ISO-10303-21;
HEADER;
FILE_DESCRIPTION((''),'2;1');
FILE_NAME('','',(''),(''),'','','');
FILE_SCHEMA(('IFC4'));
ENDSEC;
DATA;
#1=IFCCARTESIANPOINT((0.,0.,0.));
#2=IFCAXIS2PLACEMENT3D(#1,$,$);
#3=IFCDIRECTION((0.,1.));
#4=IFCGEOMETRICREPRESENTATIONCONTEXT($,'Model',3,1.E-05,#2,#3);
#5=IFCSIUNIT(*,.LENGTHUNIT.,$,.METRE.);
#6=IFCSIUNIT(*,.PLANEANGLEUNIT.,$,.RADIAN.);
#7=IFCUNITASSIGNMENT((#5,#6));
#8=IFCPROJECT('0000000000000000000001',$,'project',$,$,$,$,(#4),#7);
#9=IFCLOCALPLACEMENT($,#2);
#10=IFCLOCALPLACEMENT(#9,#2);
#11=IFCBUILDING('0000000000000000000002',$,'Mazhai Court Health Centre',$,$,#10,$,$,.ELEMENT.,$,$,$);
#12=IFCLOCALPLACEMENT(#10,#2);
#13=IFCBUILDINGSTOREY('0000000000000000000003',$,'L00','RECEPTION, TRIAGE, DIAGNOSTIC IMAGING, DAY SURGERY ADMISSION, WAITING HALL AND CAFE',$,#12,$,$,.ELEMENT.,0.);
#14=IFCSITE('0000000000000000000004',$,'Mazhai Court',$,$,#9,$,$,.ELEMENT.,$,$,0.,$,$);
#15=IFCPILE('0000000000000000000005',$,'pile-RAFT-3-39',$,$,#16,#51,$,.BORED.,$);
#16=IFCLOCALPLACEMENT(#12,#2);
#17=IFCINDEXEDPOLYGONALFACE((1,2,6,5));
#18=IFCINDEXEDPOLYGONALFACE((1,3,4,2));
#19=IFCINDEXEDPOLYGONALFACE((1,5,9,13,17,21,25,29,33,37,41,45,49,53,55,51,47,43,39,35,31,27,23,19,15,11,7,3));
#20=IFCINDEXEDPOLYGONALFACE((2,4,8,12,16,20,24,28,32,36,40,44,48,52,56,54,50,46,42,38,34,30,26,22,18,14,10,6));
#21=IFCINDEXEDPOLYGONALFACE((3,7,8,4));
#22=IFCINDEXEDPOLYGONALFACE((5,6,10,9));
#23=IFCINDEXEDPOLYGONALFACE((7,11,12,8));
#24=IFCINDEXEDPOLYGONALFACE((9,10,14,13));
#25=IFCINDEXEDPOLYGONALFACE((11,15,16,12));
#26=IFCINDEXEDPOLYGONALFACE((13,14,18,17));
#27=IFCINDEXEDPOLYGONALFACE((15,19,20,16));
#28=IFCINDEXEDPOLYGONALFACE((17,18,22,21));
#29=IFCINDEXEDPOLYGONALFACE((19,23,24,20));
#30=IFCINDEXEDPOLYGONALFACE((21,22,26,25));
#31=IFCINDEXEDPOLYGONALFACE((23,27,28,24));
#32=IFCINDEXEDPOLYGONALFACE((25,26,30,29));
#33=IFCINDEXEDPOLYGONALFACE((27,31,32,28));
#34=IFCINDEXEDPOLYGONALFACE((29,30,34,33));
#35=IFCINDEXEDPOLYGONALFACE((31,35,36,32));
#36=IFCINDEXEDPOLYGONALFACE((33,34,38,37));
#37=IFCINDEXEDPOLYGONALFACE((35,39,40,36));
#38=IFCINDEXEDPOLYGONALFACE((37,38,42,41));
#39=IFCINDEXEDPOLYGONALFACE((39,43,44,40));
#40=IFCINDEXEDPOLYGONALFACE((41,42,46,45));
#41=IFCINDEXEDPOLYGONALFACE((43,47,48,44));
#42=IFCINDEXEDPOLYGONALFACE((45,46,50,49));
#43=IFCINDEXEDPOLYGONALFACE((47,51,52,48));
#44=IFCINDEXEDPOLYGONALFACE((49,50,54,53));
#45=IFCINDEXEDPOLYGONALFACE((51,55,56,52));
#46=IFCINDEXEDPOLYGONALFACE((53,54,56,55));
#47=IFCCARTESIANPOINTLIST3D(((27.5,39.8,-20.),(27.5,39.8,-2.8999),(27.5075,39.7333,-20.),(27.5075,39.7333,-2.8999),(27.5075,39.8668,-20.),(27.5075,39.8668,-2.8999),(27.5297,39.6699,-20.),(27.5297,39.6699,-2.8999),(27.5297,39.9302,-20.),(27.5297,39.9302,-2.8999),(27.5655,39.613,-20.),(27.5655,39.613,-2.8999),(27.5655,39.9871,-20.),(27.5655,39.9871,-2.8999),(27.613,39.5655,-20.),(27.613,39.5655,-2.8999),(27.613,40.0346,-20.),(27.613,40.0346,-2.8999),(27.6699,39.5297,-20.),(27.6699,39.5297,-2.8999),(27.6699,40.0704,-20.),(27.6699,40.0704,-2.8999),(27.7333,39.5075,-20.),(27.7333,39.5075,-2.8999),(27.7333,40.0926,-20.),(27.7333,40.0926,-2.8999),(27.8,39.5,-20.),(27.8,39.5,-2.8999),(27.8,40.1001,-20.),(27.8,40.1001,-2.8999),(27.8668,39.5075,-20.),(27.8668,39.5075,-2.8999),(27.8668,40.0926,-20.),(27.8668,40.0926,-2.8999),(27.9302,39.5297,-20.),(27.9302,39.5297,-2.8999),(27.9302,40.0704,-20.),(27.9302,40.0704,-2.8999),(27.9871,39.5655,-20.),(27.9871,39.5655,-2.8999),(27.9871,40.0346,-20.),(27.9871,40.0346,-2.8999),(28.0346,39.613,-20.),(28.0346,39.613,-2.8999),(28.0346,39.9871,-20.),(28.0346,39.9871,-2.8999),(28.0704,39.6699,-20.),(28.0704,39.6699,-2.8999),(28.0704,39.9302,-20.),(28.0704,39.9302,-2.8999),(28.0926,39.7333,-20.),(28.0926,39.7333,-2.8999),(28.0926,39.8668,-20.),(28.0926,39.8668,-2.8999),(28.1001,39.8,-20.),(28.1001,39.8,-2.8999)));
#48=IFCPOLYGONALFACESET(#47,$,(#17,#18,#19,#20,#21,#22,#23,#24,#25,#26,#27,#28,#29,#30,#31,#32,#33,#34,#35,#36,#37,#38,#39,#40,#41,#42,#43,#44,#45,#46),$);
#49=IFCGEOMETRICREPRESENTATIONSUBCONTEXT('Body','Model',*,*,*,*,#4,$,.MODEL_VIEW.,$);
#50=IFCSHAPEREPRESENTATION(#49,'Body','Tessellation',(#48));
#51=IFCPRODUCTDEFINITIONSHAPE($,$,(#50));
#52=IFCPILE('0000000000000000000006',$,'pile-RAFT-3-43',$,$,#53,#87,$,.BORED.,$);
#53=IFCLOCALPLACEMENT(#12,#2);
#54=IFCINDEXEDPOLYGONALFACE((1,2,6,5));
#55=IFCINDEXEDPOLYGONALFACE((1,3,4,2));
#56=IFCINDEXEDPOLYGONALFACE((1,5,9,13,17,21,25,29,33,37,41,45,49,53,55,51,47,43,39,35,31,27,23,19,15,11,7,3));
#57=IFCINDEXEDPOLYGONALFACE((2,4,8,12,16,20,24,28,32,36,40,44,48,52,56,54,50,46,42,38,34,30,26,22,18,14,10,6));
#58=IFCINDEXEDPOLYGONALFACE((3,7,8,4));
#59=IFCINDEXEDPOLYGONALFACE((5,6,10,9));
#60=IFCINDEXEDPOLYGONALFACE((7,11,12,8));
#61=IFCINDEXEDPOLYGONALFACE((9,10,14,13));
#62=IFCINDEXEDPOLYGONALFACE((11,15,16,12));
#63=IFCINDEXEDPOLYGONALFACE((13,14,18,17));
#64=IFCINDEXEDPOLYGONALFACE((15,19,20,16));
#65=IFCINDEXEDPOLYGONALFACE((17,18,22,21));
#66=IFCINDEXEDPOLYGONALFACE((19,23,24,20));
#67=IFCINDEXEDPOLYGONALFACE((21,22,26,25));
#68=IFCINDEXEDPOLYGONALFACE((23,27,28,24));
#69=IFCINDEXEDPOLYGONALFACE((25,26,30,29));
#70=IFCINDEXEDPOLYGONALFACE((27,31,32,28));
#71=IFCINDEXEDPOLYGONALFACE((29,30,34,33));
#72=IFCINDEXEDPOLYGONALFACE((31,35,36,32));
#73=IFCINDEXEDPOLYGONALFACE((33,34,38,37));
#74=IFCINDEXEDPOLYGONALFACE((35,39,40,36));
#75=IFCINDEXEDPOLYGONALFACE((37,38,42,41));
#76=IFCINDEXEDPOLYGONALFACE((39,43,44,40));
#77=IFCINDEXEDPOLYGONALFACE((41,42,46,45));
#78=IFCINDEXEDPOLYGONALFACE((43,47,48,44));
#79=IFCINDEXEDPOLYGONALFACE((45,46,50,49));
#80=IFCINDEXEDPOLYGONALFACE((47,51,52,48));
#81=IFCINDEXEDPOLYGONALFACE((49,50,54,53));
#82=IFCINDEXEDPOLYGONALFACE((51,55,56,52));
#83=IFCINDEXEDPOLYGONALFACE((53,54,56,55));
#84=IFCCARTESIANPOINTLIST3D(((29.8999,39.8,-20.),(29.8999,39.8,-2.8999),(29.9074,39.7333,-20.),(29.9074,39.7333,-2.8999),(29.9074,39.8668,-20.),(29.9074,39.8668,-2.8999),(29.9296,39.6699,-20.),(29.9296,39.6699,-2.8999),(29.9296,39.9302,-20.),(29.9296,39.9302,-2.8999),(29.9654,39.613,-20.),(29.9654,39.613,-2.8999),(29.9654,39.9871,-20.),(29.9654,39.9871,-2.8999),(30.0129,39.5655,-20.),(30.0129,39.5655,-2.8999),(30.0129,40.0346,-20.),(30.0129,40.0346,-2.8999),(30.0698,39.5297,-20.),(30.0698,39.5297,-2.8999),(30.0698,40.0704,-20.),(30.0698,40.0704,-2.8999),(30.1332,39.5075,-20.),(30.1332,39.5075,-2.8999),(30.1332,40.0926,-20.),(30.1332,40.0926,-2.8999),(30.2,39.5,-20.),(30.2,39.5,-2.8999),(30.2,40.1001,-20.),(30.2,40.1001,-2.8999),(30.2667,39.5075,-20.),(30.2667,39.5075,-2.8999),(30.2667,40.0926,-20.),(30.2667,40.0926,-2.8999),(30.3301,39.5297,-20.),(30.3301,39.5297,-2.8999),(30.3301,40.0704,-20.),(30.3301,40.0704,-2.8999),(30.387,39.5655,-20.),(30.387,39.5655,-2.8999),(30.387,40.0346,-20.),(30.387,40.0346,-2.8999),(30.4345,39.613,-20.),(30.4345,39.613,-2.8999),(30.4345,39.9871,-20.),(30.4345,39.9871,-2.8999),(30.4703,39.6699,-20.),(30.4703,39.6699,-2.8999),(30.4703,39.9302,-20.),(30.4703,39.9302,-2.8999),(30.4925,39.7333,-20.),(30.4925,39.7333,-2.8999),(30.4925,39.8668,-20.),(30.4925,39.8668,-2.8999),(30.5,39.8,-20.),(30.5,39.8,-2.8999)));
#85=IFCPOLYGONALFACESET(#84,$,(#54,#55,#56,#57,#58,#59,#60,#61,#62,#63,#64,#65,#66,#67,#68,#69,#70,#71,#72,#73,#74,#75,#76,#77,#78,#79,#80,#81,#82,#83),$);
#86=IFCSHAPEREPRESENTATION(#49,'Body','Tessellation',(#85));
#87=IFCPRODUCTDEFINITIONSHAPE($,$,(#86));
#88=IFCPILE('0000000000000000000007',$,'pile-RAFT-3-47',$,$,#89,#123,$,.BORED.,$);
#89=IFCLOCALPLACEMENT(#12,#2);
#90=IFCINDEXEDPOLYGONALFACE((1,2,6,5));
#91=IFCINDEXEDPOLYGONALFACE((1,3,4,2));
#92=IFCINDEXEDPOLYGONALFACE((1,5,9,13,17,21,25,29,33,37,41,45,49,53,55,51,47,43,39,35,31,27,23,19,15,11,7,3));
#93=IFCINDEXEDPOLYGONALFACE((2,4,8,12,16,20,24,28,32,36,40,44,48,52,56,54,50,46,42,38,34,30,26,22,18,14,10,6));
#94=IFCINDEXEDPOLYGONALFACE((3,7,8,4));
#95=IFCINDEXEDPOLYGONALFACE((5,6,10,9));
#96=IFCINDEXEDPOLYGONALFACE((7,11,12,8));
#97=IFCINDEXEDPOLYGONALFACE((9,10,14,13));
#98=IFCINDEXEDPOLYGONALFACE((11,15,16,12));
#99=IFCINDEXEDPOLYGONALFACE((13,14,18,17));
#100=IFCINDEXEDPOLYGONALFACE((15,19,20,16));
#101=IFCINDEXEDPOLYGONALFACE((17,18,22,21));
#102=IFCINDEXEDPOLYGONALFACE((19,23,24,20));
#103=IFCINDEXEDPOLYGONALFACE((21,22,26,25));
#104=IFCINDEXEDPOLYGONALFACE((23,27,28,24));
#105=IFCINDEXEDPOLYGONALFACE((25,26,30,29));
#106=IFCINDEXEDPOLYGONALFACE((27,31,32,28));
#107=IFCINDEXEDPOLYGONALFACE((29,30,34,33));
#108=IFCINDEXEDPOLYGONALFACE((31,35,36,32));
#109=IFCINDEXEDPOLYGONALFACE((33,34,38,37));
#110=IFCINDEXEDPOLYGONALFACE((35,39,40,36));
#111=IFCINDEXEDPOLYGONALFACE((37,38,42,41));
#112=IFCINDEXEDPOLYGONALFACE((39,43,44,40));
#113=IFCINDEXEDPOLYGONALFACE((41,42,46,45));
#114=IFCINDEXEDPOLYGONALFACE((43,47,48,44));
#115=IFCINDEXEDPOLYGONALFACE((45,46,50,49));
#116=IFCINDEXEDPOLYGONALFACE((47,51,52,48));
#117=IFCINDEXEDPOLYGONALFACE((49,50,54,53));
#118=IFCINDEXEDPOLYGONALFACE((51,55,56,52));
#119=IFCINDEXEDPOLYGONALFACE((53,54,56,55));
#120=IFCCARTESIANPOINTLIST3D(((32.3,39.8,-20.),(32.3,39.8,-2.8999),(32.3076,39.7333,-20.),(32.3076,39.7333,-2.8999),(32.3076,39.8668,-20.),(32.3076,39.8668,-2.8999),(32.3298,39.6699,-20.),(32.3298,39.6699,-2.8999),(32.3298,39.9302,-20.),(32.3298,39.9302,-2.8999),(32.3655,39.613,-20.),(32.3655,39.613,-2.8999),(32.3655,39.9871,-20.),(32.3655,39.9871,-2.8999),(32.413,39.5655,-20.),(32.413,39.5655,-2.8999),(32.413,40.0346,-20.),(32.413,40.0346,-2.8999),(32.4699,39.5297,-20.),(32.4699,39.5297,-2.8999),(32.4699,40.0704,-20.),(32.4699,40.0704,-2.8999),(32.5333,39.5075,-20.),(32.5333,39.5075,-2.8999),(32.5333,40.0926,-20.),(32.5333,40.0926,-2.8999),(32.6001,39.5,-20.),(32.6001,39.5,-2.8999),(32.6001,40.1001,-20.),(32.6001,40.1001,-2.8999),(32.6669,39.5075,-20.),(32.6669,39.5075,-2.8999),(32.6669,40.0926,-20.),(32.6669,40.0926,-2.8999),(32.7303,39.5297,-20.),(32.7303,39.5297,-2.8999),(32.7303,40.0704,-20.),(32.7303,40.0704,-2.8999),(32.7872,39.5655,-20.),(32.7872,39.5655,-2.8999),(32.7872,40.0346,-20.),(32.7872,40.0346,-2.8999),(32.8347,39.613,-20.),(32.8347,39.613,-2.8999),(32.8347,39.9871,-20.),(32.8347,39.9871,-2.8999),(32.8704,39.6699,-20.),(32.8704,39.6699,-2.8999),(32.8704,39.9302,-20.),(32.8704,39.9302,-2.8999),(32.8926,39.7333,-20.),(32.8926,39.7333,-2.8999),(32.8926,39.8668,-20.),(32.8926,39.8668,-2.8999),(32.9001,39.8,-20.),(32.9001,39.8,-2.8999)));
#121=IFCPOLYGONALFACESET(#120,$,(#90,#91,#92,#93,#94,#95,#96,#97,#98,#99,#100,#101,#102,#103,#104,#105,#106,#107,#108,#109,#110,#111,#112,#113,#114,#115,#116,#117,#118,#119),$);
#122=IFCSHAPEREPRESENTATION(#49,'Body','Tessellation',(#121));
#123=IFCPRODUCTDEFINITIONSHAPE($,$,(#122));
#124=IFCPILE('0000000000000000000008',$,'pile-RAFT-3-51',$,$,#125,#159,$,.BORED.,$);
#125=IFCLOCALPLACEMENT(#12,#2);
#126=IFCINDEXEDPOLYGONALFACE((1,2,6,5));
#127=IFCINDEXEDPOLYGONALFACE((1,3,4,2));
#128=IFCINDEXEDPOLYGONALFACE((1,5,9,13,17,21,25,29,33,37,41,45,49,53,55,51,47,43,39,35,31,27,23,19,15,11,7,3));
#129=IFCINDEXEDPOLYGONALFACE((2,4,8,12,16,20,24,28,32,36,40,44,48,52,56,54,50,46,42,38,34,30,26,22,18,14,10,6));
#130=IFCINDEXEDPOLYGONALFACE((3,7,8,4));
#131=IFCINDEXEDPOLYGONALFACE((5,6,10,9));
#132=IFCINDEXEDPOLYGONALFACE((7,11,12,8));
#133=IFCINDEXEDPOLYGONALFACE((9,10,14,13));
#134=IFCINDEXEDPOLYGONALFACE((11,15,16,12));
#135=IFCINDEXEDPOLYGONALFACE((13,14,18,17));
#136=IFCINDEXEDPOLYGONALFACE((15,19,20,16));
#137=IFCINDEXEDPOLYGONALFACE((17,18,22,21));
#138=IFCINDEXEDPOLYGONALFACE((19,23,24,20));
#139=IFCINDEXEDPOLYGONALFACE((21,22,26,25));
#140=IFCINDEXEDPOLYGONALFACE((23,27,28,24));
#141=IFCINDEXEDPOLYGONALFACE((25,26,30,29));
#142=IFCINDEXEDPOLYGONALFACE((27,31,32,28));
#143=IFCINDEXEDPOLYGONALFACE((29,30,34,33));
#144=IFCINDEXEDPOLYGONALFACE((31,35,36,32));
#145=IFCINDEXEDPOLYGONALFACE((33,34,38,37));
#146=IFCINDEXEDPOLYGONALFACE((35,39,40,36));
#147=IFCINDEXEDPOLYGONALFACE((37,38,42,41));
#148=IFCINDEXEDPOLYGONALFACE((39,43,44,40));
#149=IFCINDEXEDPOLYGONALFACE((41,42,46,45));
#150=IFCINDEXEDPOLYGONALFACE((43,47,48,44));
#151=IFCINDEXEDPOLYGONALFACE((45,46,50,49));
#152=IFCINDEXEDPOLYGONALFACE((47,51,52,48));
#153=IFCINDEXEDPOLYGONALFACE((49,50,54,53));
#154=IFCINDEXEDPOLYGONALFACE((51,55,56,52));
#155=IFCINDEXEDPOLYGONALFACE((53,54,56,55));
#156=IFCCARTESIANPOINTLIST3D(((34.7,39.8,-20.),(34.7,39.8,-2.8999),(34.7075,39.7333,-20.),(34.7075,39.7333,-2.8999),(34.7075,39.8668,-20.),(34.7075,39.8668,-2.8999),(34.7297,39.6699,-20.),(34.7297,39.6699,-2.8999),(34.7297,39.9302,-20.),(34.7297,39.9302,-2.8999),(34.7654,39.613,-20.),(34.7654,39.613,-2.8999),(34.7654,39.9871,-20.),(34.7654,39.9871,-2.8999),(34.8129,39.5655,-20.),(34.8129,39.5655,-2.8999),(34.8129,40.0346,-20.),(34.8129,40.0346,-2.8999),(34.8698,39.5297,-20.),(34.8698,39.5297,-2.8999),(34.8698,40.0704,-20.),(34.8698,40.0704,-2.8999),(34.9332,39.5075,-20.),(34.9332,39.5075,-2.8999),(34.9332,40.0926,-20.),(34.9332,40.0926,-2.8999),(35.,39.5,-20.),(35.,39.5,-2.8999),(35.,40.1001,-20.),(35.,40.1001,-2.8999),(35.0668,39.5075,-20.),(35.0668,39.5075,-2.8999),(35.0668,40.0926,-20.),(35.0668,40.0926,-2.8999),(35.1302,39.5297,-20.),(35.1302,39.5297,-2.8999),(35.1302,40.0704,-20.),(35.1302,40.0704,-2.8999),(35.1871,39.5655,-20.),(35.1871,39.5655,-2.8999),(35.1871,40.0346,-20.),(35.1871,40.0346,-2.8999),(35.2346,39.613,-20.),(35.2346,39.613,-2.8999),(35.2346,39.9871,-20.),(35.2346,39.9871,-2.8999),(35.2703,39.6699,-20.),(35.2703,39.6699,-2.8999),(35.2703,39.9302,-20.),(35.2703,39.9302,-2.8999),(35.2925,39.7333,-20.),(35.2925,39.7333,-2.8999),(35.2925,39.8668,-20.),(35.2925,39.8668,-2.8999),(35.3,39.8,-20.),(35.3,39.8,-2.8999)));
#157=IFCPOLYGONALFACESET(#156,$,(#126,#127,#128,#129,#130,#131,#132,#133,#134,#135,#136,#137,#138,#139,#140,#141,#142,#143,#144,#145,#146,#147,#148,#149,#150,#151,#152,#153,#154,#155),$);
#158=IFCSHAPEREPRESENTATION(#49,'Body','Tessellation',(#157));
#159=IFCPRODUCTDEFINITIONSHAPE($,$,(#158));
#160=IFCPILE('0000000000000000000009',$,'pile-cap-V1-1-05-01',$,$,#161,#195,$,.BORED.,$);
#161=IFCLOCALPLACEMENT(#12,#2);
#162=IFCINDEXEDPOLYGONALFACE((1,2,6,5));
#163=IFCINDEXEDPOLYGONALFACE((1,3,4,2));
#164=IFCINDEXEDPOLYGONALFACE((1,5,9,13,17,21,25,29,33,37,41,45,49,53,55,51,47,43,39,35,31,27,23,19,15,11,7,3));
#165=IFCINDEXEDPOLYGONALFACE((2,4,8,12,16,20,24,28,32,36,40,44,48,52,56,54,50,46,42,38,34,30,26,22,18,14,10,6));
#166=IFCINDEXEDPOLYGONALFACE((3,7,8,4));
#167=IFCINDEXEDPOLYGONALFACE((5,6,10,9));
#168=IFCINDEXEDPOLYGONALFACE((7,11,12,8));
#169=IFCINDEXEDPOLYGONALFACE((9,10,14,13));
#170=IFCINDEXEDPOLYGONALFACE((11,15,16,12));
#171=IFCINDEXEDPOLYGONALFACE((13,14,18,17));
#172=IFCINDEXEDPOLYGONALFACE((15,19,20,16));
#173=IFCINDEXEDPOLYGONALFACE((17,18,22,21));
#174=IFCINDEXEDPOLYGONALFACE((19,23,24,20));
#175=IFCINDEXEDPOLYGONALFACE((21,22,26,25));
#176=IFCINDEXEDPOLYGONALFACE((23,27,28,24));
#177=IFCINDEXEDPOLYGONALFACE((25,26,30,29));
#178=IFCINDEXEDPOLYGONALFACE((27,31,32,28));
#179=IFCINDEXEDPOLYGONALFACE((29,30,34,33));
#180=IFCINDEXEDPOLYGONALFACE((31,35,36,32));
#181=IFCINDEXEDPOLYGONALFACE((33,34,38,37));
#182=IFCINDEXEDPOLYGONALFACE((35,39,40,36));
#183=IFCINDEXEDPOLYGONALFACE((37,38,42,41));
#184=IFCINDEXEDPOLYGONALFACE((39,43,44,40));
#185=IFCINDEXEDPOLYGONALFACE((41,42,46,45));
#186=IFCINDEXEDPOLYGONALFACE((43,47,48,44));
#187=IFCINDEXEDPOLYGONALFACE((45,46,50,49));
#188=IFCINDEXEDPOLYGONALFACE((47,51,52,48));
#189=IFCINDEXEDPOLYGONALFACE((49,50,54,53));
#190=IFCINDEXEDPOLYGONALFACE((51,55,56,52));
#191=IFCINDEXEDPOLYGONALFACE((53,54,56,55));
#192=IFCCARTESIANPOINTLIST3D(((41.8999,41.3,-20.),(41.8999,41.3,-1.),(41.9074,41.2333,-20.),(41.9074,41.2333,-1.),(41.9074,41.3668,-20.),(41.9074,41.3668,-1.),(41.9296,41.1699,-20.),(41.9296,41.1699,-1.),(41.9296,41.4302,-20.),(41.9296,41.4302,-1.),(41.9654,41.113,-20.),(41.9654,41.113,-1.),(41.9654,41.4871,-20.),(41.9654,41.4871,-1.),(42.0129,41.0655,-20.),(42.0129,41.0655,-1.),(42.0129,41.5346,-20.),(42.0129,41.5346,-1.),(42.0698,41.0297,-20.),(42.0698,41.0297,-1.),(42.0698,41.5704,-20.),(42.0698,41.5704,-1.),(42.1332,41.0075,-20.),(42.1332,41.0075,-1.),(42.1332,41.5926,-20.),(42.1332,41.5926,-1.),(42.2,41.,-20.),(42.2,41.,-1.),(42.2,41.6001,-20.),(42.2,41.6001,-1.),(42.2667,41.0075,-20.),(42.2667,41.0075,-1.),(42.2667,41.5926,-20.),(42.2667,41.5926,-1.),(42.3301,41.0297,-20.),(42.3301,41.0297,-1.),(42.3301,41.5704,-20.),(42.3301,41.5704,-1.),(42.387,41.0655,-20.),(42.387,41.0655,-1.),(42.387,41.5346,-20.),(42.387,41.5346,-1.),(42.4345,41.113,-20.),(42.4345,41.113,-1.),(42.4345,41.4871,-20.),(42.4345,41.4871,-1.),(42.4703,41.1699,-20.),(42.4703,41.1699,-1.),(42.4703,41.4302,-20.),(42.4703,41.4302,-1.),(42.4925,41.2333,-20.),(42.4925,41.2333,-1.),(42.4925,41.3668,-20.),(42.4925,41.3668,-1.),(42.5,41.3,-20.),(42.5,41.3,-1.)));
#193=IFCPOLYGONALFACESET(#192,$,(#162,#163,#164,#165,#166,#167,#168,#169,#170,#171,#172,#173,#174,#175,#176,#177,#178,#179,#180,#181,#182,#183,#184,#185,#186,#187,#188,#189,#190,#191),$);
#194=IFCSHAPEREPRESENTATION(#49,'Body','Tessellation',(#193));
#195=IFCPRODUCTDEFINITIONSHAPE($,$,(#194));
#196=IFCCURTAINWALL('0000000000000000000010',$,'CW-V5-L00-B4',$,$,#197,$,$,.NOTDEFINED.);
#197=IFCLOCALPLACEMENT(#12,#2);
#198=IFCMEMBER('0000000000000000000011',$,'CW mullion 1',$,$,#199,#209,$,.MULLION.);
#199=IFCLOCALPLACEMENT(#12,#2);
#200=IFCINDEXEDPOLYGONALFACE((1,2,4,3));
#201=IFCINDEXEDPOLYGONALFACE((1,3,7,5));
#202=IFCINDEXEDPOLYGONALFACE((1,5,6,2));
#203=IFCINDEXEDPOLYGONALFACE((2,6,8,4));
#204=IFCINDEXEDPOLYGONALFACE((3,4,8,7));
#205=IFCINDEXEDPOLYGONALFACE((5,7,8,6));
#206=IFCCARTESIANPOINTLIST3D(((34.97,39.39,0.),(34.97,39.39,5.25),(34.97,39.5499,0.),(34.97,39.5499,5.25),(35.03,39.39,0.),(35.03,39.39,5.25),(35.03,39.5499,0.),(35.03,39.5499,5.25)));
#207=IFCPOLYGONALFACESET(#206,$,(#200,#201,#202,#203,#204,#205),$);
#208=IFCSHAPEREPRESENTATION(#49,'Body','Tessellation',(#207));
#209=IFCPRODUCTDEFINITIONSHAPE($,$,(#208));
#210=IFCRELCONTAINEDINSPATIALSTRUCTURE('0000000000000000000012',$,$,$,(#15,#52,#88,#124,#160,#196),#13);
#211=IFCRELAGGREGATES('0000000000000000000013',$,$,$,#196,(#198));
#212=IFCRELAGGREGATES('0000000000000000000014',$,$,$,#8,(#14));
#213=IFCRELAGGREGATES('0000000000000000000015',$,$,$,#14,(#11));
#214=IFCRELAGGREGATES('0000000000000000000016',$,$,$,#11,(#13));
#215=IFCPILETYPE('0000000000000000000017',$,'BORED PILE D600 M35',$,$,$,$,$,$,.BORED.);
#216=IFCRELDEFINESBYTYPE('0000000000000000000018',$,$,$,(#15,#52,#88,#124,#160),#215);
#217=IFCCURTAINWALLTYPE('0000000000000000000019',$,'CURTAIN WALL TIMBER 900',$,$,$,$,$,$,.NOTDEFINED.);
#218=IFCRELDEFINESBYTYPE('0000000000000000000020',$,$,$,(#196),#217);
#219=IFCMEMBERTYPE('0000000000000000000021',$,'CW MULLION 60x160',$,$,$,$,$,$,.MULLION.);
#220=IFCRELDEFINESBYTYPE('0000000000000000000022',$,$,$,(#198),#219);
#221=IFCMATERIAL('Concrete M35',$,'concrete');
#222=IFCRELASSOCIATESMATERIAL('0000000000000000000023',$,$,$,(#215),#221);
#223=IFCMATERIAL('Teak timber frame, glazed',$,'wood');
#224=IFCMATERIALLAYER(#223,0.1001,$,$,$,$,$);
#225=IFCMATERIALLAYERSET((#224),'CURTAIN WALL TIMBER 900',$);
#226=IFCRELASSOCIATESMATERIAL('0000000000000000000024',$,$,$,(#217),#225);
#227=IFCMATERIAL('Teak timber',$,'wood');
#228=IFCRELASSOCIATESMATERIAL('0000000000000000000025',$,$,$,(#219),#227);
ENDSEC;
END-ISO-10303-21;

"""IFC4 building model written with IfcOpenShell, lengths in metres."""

from ifc_helpers import new_model, si_unit, direction, frame, origin, origin_2d, place, context, subcontext, project, spatial, rectangle, circle, extrude, material, layer, layer_set, material_profile, profile_set, type_object, element, aggregate, save


model = new_model("IFC4")

# Units and contexts
model_context = context("Model", 3, precision=1e-05, world=origin(), true_north=direction((0.0, 1.0)))
body_context = subcontext(model_context, "Body", "Model", "MODEL_VIEW")
ifc_project = project(units=[si_unit("LENGTHUNIT", "METRE"), si_unit("PLANEANGLEUNIT", "RADIAN")], contexts=[model_context])

# Site, building, storey
site_placement = place(None, origin())
site = spatial("IfcSite", under=ifc_project, at=site_placement, Name="Mazhai Court", CompositionType="ELEMENT", RefElevation=0.0)
building_placement = place(site_placement, origin())
building = spatial("IfcBuilding", under=site, at=building_placement, Name="Mazhai Court Health Centre", CompositionType="ELEMENT")
storey_placement = place(building_placement, origin())
storey = spatial("IfcBuildingStorey", under=building, at=storey_placement, Name="L00", Description="RECEPTION, TRIAGE, DIAGNOSTIC IMAGING, DAY SURGERY ADMISSION, WAITING HALL AND CAFE", CompositionType="ELEMENT", Elevation=0.0)

# Piles
ifc_material_1 = material(Name="Concrete M35", Category="concrete")
ifc_material_profile_1 = material_profile(ifc_material_1, circle(Radius=0.3, at=origin_2d()), Name="RC PILE D600")
ifc_profile_set_1 = profile_set([ifc_material_profile_1], Name="Concrete M35")
pile_type = type_object("IfcPileType", Name="BORED PILE D600 M35", PredefinedType="BORED", material=ifc_profile_set_1)
for number, where, z_axis, x_axis, name in (
    (1, (27.8, 39.8, -2.8999), (0.0, 0.0, -1.0), (1.0, 0.0, 0.0), "pile-RAFT-3-39"),
    (2, (30.2, 39.8, -2.8999), (0.0, 0.0, -1.0), (1.0, 0.0, 0.0), "pile-RAFT-3-43"),
    (3, (32.6001, 39.8, -2.8999), (0.0, 0.0, -1.0), (1.0, 0.0, 0.0), "pile-RAFT-3-47"),
    (4, (35.0, 39.8, -2.8999), (0.0, 0.0, -1.0), (1.0, 0.0, 0.0), "pile-RAFT-3-51"),
):
    element("IfcPile", number, at=place(storey_placement, frame(where, z_axis=z_axis, x_axis=x_axis)), inside=storey, type_object=pile_type, Name=name, PredefinedType="BORED", context=body_context, shape_type="SweptSolid", body=[
        extrude(circle(Radius=0.3, at=origin_2d()), origin(), (0.0, 0.0, 1.0), 17.1001),
    ])
pile_placement = place(storey_placement, frame((42.2, 41.3, -1.0), z_axis=(0.0, 0.0, -1.0), x_axis=(1.0, 0.0, 0.0)))
element("IfcPile", 5, at=pile_placement, inside=storey, type_object=pile_type, Name="pile-cap-V1-1-05-01", PredefinedType="BORED", context=body_context, shape_type="SweptSolid", body=[
    extrude(circle(Radius=0.3, at=origin_2d()), origin(), (0.0, 0.0, 1.0), 19.0),
])

# Curtain wall, member
ifc_material_2 = material(Name="Teak timber frame, glazed", Category="wood")
ifc_layer_1 = layer(ifc_material_2, 0.1001)
ifc_layer_set_1 = layer_set([ifc_layer_1], Name="CURTAIN WALL TIMBER 900")
curtain_wall_type = type_object("IfcCurtainWallType", Name="CURTAIN WALL TIMBER 900", PredefinedType="NOTDEFINED", material=ifc_layer_set_1)
curtain_wall_placement = place(storey_placement, origin())
curtain_wall = element("IfcCurtainWall", 6, at=curtain_wall_placement, inside=storey, type_object=curtain_wall_type, Name="CW-V5-L00-B4", PredefinedType="NOTDEFINED")
ifc_material_3 = material(Name="Teak timber", Category="wood")
ifc_material_profile_2 = material_profile(ifc_material_3, rectangle(XDim=0.0601, YDim=0.1599, at=origin_2d()), Name="CW MULLION 60x160")
ifc_profile_set_2 = profile_set([ifc_material_profile_2], Name="Teak timber")
member_type_1 = type_object("IfcMemberType", Name="CW MULLION 60x160", PredefinedType="MULLION", material=ifc_profile_set_2)
member_1_placement = place(storey_placement, frame((35.0, 39.47, 0.0), z_axis=(0.0, 0.0, 1.0), x_axis=(1.0, 0.0, 0.0)))
member_1 = element("IfcMember", 7, at=member_1_placement, type_object=member_type_1, Name="CW mullion 1", PredefinedType="MULLION", context=body_context, shape_type="SweptSolid", body=[
    extrude(rectangle(XDim=0.0601, YDim=0.1599, at=origin_2d()), origin(), (0.0, 0.0, 1.0), 5.25),
])
aggregate(curtain_wall, [member_1])

save(model, "model.ifc")
